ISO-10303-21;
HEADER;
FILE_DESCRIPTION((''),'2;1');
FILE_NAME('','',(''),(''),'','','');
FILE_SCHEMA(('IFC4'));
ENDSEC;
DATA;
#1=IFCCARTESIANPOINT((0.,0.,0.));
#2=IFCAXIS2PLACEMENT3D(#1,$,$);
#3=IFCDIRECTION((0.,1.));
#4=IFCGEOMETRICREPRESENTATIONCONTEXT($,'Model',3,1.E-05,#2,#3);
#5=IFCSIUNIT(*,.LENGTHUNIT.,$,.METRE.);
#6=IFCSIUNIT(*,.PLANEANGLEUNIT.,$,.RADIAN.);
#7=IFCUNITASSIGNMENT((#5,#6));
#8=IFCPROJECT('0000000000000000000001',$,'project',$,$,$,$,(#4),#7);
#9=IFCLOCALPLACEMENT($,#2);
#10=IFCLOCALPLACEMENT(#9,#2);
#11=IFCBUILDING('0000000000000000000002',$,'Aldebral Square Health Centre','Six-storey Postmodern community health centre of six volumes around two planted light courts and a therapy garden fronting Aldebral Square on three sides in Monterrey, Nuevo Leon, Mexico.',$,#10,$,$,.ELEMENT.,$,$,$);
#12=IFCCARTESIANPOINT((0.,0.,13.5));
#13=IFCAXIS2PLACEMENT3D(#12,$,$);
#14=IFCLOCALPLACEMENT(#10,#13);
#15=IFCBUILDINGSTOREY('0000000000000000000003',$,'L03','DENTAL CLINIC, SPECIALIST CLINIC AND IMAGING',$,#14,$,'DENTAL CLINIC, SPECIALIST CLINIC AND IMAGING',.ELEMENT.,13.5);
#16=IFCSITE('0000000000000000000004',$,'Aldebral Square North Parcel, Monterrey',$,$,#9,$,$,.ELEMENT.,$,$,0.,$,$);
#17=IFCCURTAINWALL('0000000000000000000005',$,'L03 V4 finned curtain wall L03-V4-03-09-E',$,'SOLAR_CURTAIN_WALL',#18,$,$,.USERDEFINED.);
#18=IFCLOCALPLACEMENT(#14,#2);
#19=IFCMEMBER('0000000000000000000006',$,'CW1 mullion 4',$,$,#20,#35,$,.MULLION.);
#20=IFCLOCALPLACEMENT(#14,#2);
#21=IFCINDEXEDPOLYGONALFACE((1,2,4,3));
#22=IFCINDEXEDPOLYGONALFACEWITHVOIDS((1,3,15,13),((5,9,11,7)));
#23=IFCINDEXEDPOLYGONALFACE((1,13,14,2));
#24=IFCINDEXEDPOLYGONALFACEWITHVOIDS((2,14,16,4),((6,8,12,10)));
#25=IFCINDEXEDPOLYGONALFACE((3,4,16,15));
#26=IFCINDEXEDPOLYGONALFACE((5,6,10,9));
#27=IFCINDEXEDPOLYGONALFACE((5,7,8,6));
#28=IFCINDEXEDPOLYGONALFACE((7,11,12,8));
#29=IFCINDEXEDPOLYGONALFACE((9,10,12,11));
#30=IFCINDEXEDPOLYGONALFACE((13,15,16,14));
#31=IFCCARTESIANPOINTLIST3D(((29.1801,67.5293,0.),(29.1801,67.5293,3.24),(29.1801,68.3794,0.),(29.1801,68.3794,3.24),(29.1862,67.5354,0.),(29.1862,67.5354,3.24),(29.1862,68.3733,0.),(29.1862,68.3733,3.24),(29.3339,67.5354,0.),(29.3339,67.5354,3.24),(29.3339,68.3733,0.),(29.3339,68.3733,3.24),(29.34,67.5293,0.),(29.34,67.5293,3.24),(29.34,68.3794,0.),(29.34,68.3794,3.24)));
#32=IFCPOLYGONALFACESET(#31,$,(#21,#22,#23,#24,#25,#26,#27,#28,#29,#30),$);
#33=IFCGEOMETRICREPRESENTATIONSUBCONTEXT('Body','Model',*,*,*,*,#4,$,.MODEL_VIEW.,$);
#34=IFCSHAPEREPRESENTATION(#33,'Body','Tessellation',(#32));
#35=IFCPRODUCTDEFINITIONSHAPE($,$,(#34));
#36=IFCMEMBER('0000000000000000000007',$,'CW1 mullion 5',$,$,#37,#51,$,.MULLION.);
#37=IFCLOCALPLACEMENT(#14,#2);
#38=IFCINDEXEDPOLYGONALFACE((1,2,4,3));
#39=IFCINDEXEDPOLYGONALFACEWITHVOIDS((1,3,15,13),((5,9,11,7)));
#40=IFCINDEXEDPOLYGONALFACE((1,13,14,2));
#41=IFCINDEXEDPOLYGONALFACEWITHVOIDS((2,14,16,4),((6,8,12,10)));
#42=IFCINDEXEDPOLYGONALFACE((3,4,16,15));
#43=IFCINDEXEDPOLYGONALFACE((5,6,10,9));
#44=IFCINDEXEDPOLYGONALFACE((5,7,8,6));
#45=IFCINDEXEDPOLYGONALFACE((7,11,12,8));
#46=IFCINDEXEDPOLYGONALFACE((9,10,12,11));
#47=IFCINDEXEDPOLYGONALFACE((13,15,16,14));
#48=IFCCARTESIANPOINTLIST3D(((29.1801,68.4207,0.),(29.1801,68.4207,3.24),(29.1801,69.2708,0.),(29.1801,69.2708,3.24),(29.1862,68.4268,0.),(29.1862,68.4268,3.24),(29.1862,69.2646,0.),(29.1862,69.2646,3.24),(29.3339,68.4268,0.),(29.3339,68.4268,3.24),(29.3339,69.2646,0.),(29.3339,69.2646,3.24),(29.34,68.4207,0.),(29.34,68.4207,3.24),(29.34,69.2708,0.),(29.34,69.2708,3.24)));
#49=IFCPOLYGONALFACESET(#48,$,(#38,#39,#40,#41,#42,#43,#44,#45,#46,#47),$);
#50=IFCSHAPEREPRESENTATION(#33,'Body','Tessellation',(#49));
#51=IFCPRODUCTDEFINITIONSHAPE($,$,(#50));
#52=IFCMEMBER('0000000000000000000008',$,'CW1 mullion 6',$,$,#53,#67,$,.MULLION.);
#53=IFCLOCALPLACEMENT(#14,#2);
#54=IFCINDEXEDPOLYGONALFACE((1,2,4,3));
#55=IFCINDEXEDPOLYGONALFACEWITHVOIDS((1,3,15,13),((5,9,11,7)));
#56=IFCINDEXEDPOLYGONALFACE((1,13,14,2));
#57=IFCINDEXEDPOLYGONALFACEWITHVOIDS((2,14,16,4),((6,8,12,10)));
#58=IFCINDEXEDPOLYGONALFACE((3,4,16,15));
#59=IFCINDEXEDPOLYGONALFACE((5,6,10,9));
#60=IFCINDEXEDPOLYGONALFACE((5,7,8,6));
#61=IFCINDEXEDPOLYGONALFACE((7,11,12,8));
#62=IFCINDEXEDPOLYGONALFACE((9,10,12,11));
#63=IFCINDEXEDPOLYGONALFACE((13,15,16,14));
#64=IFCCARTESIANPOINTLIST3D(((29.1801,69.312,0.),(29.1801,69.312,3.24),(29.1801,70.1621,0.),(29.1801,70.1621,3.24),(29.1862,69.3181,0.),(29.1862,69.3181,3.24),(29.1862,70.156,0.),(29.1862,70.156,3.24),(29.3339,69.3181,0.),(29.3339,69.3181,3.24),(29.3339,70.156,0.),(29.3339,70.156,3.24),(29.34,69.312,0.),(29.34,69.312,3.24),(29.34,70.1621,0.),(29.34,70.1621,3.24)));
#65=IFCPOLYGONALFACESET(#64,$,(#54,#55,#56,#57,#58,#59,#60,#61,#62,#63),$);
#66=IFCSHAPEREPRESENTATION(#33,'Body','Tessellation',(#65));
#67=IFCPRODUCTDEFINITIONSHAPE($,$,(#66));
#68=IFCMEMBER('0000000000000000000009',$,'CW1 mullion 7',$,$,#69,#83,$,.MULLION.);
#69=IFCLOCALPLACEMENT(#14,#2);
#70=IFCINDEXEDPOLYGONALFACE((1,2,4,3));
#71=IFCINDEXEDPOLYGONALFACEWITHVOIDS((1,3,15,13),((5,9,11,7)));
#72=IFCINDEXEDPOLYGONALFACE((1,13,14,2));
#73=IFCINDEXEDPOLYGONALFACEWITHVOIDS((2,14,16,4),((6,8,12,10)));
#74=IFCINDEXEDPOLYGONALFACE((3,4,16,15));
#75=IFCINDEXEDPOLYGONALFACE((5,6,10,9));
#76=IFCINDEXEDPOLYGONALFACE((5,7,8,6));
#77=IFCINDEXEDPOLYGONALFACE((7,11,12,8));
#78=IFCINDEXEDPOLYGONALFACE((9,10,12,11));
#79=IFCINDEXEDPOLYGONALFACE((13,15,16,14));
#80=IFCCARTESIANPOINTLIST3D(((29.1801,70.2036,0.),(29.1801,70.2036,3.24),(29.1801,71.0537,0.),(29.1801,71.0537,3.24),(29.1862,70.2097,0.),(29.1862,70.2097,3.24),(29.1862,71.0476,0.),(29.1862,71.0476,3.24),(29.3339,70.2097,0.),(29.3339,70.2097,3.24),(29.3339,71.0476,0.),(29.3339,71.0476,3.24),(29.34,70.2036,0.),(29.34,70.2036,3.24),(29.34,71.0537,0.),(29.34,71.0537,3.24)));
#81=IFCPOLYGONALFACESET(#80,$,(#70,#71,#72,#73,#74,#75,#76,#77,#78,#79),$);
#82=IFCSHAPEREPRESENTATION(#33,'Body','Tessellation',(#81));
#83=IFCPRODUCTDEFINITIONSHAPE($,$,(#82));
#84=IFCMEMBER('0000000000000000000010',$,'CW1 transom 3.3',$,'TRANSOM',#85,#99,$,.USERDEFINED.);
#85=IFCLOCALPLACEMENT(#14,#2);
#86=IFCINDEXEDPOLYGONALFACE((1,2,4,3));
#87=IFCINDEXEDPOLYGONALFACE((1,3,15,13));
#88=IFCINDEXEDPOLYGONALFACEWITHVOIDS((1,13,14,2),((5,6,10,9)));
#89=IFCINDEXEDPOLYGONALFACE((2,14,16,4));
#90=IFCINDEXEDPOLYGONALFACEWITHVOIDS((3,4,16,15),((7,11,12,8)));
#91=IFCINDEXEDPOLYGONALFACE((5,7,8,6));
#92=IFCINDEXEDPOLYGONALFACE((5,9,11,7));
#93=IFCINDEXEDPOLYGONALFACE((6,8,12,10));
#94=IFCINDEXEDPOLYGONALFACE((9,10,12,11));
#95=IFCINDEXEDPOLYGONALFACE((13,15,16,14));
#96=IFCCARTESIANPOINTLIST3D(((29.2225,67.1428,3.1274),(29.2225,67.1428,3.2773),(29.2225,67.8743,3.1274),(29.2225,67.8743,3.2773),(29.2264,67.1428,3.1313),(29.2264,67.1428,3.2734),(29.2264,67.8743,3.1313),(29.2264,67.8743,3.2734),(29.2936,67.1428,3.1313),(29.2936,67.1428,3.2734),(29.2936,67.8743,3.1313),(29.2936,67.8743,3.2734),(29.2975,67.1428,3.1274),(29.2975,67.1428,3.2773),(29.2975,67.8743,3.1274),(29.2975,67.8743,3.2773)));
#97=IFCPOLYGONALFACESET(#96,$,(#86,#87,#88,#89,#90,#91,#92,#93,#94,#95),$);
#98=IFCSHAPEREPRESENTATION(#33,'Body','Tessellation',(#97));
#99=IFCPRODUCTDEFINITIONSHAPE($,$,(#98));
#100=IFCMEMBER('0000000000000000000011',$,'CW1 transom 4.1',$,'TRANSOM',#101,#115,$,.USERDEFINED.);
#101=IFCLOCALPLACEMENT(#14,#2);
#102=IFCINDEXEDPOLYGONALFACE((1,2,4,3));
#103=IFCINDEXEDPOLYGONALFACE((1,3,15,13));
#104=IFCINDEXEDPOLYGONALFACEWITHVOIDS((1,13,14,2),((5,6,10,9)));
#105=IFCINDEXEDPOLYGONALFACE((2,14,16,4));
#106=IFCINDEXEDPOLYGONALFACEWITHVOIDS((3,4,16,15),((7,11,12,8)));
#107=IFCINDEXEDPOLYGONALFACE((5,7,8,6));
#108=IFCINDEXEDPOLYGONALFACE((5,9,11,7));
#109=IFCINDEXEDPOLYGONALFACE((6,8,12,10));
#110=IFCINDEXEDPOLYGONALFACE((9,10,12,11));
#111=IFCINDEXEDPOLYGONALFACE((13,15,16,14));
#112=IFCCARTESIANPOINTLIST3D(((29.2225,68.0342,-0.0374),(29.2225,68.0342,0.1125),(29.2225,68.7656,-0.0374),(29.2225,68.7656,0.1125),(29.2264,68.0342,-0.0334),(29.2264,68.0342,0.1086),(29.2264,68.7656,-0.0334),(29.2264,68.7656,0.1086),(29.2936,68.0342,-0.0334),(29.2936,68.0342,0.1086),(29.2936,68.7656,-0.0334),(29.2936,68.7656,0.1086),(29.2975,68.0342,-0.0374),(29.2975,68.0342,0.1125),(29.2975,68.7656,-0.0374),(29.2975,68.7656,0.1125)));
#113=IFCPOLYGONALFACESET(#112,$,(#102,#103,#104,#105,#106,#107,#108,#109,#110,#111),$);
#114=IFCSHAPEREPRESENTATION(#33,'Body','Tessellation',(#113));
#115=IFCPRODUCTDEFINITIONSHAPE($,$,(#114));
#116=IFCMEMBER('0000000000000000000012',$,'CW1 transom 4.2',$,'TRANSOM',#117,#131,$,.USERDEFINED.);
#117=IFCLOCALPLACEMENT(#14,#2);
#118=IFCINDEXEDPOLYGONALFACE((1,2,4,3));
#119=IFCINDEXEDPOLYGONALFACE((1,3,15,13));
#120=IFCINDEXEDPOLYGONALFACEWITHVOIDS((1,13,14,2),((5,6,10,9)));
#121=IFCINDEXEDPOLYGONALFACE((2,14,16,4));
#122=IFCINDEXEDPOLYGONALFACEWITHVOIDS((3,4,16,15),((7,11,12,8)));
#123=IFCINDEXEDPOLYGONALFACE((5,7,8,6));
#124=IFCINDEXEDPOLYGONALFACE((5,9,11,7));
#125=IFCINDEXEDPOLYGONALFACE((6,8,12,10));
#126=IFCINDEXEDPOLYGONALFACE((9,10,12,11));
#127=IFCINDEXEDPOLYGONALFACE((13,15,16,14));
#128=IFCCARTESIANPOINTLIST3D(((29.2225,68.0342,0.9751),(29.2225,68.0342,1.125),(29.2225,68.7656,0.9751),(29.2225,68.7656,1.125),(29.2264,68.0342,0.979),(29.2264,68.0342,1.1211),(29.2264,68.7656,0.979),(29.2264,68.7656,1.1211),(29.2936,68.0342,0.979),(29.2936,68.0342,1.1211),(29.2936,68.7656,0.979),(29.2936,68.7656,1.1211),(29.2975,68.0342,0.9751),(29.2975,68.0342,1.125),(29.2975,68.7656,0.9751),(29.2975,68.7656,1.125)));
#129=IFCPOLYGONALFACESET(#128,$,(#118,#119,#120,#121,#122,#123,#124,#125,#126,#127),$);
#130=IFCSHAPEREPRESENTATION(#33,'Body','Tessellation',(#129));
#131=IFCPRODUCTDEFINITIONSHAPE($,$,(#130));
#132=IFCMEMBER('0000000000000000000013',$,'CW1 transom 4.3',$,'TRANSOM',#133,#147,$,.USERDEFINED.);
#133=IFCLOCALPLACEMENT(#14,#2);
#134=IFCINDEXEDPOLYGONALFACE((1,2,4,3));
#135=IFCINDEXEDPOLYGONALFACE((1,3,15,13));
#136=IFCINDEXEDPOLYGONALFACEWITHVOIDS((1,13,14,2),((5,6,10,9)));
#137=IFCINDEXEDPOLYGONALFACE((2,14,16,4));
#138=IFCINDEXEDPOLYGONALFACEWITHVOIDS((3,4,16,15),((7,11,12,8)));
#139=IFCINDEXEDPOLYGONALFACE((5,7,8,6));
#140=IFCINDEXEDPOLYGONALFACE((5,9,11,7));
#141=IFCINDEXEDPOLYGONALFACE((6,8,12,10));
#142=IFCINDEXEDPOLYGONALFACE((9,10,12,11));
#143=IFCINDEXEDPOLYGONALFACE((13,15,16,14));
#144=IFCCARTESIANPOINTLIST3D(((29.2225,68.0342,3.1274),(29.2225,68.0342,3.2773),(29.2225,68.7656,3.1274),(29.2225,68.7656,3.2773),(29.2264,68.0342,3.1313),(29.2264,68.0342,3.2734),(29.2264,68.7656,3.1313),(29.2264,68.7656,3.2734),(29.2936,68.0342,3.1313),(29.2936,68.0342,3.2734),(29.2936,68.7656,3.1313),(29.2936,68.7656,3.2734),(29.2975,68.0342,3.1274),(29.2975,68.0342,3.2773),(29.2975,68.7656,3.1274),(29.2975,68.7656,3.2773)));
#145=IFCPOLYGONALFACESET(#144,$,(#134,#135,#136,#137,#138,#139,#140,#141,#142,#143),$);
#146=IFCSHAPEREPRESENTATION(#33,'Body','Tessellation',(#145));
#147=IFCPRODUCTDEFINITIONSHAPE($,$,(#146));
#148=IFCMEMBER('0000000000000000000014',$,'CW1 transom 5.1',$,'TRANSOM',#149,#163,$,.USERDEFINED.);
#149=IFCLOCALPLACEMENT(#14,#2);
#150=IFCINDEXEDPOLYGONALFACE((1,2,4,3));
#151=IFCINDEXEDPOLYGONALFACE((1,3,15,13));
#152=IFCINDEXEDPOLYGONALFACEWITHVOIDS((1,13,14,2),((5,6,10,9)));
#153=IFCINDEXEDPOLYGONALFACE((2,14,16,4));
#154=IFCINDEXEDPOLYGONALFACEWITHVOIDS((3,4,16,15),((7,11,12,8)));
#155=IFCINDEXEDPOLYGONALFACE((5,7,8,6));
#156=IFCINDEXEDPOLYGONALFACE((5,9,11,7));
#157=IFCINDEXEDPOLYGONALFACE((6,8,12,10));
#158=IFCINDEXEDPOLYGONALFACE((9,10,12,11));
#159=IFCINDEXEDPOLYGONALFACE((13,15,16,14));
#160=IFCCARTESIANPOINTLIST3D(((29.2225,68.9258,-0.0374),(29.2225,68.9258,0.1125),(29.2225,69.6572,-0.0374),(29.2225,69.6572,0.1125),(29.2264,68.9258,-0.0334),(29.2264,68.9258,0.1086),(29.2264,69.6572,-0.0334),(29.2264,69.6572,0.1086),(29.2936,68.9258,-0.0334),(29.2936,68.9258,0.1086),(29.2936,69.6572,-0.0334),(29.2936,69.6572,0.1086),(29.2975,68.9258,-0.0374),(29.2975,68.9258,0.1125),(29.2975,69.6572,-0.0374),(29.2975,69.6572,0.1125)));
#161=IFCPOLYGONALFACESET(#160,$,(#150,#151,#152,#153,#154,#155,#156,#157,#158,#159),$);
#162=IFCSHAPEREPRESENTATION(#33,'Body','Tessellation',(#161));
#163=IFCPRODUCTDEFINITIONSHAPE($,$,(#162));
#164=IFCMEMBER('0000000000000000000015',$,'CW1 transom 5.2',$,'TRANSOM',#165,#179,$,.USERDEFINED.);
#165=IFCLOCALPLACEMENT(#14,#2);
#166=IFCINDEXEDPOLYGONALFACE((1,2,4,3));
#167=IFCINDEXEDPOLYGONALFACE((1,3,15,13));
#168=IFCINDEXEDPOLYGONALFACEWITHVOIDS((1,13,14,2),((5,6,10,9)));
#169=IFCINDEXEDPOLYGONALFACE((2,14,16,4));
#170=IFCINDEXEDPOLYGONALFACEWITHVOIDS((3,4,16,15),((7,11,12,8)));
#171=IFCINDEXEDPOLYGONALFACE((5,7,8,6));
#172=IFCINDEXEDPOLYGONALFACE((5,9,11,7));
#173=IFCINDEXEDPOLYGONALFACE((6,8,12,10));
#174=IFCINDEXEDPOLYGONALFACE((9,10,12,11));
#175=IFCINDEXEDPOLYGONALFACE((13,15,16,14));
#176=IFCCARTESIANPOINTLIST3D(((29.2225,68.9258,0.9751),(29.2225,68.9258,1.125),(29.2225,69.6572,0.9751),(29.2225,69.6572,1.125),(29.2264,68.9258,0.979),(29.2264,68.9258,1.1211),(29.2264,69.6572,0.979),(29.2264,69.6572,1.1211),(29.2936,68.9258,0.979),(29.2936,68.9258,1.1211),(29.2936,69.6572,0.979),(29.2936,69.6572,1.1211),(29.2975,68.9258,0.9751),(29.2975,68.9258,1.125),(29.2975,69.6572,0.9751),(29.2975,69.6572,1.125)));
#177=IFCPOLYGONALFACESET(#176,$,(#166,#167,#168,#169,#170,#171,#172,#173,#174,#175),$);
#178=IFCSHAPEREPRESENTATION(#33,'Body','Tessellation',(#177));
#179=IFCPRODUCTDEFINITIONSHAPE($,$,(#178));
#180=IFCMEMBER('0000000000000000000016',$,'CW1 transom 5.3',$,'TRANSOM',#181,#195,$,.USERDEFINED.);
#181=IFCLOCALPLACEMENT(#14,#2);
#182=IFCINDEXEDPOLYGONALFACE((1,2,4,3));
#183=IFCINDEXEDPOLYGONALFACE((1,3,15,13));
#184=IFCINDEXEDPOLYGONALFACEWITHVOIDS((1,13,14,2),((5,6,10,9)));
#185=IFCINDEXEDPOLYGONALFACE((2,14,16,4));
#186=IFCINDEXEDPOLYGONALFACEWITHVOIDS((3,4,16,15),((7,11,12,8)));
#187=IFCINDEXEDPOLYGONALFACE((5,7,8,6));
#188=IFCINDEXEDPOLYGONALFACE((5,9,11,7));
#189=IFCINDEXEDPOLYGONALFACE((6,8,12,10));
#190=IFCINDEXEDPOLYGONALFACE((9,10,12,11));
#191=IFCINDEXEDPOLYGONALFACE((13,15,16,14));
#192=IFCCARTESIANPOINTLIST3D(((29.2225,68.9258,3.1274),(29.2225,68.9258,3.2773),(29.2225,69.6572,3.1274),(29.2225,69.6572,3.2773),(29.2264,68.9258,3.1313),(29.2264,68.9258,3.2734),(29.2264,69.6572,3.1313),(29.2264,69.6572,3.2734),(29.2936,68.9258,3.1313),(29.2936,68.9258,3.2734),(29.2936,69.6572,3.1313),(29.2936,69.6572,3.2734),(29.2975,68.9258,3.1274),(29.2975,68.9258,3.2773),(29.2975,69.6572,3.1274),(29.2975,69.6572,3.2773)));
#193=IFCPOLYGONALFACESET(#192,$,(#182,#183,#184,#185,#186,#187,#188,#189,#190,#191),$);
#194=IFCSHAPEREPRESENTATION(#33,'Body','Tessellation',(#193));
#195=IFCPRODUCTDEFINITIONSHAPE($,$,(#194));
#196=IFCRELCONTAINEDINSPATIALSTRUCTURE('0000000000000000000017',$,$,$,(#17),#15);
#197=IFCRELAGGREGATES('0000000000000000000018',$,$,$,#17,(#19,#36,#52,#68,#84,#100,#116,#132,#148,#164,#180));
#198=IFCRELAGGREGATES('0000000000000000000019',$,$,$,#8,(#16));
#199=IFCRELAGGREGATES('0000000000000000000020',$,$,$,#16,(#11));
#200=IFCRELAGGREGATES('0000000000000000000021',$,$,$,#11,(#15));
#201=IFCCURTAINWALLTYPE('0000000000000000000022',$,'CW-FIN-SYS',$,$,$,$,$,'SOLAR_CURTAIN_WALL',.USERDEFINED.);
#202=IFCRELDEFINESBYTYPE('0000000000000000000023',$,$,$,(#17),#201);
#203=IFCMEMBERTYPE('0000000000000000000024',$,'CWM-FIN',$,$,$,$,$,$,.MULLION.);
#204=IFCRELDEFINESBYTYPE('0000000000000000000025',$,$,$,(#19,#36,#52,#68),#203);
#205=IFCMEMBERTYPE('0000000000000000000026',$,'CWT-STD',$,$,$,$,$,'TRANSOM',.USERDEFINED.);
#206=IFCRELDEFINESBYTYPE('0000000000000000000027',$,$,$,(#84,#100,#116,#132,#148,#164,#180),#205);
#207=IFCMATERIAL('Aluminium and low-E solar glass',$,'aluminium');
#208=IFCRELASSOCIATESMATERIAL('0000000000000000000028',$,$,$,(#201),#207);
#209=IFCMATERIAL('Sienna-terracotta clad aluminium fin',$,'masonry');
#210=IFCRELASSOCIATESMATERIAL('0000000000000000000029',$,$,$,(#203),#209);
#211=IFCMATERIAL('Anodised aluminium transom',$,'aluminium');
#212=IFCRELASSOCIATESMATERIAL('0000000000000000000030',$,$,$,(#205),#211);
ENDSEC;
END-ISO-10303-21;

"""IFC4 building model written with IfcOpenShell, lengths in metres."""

from ifc_helpers import new_model, si_unit, direction, frame, origin, origin_2d, place, context, subcontext, project, spatial, hollow_rectangle, extrude, material, material_profile, profile_set, type_object, element, aggregate, save


model = new_model("IFC4")

# Units and contexts
model_context = context("Model", 3, precision=1e-05, world=origin(), true_north=direction((0.0, 1.0)))
body_context = subcontext(model_context, "Body", "Model", "MODEL_VIEW")
ifc_project = project(units=[si_unit("LENGTHUNIT", "METRE"), si_unit("PLANEANGLEUNIT", "RADIAN")], contexts=[model_context])

# Site, building, storey
site_placement = place(None, origin())
site = spatial("IfcSite", under=ifc_project, at=site_placement, Name="Aldebral Square North Parcel, Monterrey", CompositionType="ELEMENT", RefElevation=0.0)
building_placement = place(site_placement, origin())
building = spatial("IfcBuilding", under=site, at=building_placement, Name="Aldebral Square Health Centre", Description="Six-storey Postmodern community health centre of six volumes around two planted light courts and a therapy garden fronting Aldebral Square on three sides in Monterrey, Nuevo Leon, Mexico.", CompositionType="ELEMENT")
storey_placement = place(building_placement, frame((0.0, 0.0, 13.5)))
storey = spatial("IfcBuildingStorey", under=building, at=storey_placement, Name="L03", Description="DENTAL CLINIC, SPECIALIST CLINIC AND IMAGING", LongName="DENTAL CLINIC, SPECIALIST CLINIC AND IMAGING", CompositionType="ELEMENT", Elevation=13.5)

# Curtain wall, members
ifc_material_1 = material(Name="Aluminium and low-E solar glass", Category="aluminium")
curtain_wall_type = type_object("IfcCurtainWallType", Name="CW-FIN-SYS", ElementType="SOLAR_CURTAIN_WALL", PredefinedType="USERDEFINED", material=ifc_material_1)
curtain_wall_placement = place(storey_placement, origin())
curtain_wall = element("IfcCurtainWall", 1, at=curtain_wall_placement, inside=storey, type_object=curtain_wall_type, Name="L03 V4 finned curtain wall L03-V4-03-09-E", ObjectType="SOLAR_CURTAIN_WALL", PredefinedType="USERDEFINED")
ifc_material_2 = material(Name="Sienna-terracotta clad aluminium fin", Category="masonry")
ifc_material_profile_1 = material_profile(ifc_material_2, hollow_rectangle(XDim=0.1599, YDim=0.8501, WallThickness=0.0061, at=origin_2d()), Name="FIN 160x850x6")
ifc_profile_set_1 = profile_set([ifc_material_profile_1], Name="Sienna-terracotta clad aluminium fin")
member_type_1 = type_object("IfcMemberType", Name="CWM-FIN", PredefinedType="MULLION", material=ifc_profile_set_1)
member_1_placement = place(storey_placement, frame((29.26, 67.9543, 0.0), z_axis=(0.0, 0.0, 1.0), x_axis=(-1.0, 0.0, 0.0)))
member_1 = element("IfcMember", 2, at=member_1_placement, type_object=member_type_1, Name="CW1 mullion 4", PredefinedType="MULLION", context=body_context, shape_type="SweptSolid", body=[
    extrude(hollow_rectangle(XDim=0.1599, YDim=0.8501, WallThickness=0.0061, at=origin_2d()), origin(), (0.0, 0.0, 1.0), 3.24),
])
member_2_placement = place(storey_placement, frame((29.26, 68.8457, 0.0), z_axis=(0.0, 0.0, 1.0), x_axis=(-1.0, 0.0, 0.0)))
member_2 = element("IfcMember", 3, at=member_2_placement, type_object=member_type_1, Name="CW1 mullion 5", PredefinedType="MULLION", context=body_context, shape_type="SweptSolid", body=[
    extrude(hollow_rectangle(XDim=0.1599, YDim=0.8501, WallThickness=0.0061, at=origin_2d()), origin(), (0.0, 0.0, 1.0), 3.24),
])
member_3_placement = place(storey_placement, frame((29.26, 69.7371, 0.0), z_axis=(0.0, 0.0, 1.0), x_axis=(-1.0, 0.0, 0.0)))
member_3 = element("IfcMember", 4, at=member_3_placement, type_object=member_type_1, Name="CW1 mullion 6", PredefinedType="MULLION", context=body_context, shape_type="SweptSolid", body=[
    extrude(hollow_rectangle(XDim=0.1599, YDim=0.8501, WallThickness=0.0061, at=origin_2d()), origin(), (0.0, 0.0, 1.0), 3.24),
])
member_4_placement = place(storey_placement, frame((29.26, 70.6287, 0.0), z_axis=(0.0, 0.0, 1.0), x_axis=(-1.0, 0.0, 0.0)))
member_4 = element("IfcMember", 5, at=member_4_placement, type_object=member_type_1, Name="CW1 mullion 7", PredefinedType="MULLION", context=body_context, shape_type="SweptSolid", body=[
    extrude(hollow_rectangle(XDim=0.1599, YDim=0.8501, WallThickness=0.0061, at=origin_2d()), origin(), (0.0, 0.0, 1.0), 3.24),
])
ifc_material_3 = material(Name="Anodised aluminium transom", Category="aluminium")
ifc_material_profile_2 = material_profile(ifc_material_3, hollow_rectangle(XDim=0.075, YDim=0.1499, WallThickness=0.0039, at=origin_2d()), Name="CWT 75x150x4")
ifc_profile_set_2 = profile_set([ifc_material_profile_2], Name="Anodised aluminium transom")
member_type_2 = type_object("IfcMemberType", Name="CWT-STD", ElementType="TRANSOM", PredefinedType="USERDEFINED", material=ifc_profile_set_2)
member_5_placement = place(storey_placement, frame((29.26, 67.1428, 3.2024), z_axis=(0.0, 1.0, 0.0), x_axis=(-1.0, 0.0, 0.0)))
member_5 = element("IfcMember", 6, at=member_5_placement, type_object=member_type_2, Name="CW1 transom 3.3", ObjectType="TRANSOM", PredefinedType="USERDEFINED", context=body_context, shape_type="SweptSolid", body=[
    extrude(hollow_rectangle(XDim=0.075, YDim=0.1499, WallThickness=0.0039, at=origin_2d()), origin(), (0.0, 0.0, 1.0), 0.7314),
])
member_6_placement = place(storey_placement, frame((29.26, 68.0342, 0.0376), z_axis=(0.0, 1.0, 0.0), x_axis=(-1.0, 0.0, 0.0)))
member_6 = element("IfcMember", 7, at=member_6_placement, type_object=member_type_2, Name="CW1 transom 4.1", ObjectType="TRANSOM", PredefinedType="USERDEFINED", context=body_context, shape_type="SweptSolid", body=[
    extrude(hollow_rectangle(XDim=0.075, YDim=0.1499, WallThickness=0.0039, at=origin_2d()), origin(), (0.0, 0.0, 1.0), 0.7314),
])
member_7_placement = place(storey_placement, frame((29.26, 68.0342, 1.05), z_axis=(0.0, 1.0, 0.0), x_axis=(-1.0, 0.0, 0.0)))
member_7 = element("IfcMember", 8, at=member_7_placement, type_object=member_type_2, Name="CW1 transom 4.2", ObjectType="TRANSOM", PredefinedType="USERDEFINED", context=body_context, shape_type="SweptSolid", body=[
    extrude(hollow_rectangle(XDim=0.075, YDim=0.1499, WallThickness=0.0039, at=origin_2d()), origin(), (0.0, 0.0, 1.0), 0.7314),
])
member_8_placement = place(storey_placement, frame((29.26, 68.0342, 3.2024), z_axis=(0.0, 1.0, 0.0), x_axis=(-1.0, 0.0, 0.0)))
member_8 = element("IfcMember", 9, at=member_8_placement, type_object=member_type_2, Name="CW1 transom 4.3", ObjectType="TRANSOM", PredefinedType="USERDEFINED", context=body_context, shape_type="SweptSolid", body=[
    extrude(hollow_rectangle(XDim=0.075, YDim=0.1499, WallThickness=0.0039, at=origin_2d()), origin(), (0.0, 0.0, 1.0), 0.7314),
])
member_9_placement = place(storey_placement, frame((29.26, 68.9258, 0.0376), z_axis=(0.0, 1.0, 0.0), x_axis=(-1.0, 0.0, 0.0)))
member_9 = element("IfcMember", 10, at=member_9_placement, type_object=member_type_2, Name="CW1 transom 5.1", ObjectType="TRANSOM", PredefinedType="USERDEFINED", context=body_context, shape_type="SweptSolid", body=[
    extrude(hollow_rectangle(XDim=0.075, YDim=0.1499, WallThickness=0.0039, at=origin_2d()), origin(), (0.0, 0.0, 1.0), 0.7314),
])
member_10_placement = place(storey_placement, frame((29.26, 68.9258, 1.05), z_axis=(0.0, 1.0, 0.0), x_axis=(-1.0, 0.0, 0.0)))
member_10 = element("IfcMember", 11, at=member_10_placement, type_object=member_type_2, Name="CW1 transom 5.2", ObjectType="TRANSOM", PredefinedType="USERDEFINED", context=body_context, shape_type="SweptSolid", body=[
    extrude(hollow_rectangle(XDim=0.075, YDim=0.1499, WallThickness=0.0039, at=origin_2d()), origin(), (0.0, 0.0, 1.0), 0.7314),
])
member_11_placement = place(storey_placement, frame((29.26, 68.9258, 3.2024), z_axis=(0.0, 1.0, 0.0), x_axis=(-1.0, 0.0, 0.0)))
member_11 = element("IfcMember", 12, at=member_11_placement, type_object=member_type_2, Name="CW1 transom 5.3", ObjectType="TRANSOM", PredefinedType="USERDEFINED", context=body_context, shape_type="SweptSolid", body=[
    extrude(hollow_rectangle(XDim=0.075, YDim=0.1499, WallThickness=0.0039, at=origin_2d()), origin(), (0.0, 0.0, 1.0), 0.7314),
])
aggregate(curtain_wall, [member_1, member_2, member_3, member_4, member_5, member_6, member_7, member_8, member_9, member_10, member_11])

save(model, "model.ifc")
